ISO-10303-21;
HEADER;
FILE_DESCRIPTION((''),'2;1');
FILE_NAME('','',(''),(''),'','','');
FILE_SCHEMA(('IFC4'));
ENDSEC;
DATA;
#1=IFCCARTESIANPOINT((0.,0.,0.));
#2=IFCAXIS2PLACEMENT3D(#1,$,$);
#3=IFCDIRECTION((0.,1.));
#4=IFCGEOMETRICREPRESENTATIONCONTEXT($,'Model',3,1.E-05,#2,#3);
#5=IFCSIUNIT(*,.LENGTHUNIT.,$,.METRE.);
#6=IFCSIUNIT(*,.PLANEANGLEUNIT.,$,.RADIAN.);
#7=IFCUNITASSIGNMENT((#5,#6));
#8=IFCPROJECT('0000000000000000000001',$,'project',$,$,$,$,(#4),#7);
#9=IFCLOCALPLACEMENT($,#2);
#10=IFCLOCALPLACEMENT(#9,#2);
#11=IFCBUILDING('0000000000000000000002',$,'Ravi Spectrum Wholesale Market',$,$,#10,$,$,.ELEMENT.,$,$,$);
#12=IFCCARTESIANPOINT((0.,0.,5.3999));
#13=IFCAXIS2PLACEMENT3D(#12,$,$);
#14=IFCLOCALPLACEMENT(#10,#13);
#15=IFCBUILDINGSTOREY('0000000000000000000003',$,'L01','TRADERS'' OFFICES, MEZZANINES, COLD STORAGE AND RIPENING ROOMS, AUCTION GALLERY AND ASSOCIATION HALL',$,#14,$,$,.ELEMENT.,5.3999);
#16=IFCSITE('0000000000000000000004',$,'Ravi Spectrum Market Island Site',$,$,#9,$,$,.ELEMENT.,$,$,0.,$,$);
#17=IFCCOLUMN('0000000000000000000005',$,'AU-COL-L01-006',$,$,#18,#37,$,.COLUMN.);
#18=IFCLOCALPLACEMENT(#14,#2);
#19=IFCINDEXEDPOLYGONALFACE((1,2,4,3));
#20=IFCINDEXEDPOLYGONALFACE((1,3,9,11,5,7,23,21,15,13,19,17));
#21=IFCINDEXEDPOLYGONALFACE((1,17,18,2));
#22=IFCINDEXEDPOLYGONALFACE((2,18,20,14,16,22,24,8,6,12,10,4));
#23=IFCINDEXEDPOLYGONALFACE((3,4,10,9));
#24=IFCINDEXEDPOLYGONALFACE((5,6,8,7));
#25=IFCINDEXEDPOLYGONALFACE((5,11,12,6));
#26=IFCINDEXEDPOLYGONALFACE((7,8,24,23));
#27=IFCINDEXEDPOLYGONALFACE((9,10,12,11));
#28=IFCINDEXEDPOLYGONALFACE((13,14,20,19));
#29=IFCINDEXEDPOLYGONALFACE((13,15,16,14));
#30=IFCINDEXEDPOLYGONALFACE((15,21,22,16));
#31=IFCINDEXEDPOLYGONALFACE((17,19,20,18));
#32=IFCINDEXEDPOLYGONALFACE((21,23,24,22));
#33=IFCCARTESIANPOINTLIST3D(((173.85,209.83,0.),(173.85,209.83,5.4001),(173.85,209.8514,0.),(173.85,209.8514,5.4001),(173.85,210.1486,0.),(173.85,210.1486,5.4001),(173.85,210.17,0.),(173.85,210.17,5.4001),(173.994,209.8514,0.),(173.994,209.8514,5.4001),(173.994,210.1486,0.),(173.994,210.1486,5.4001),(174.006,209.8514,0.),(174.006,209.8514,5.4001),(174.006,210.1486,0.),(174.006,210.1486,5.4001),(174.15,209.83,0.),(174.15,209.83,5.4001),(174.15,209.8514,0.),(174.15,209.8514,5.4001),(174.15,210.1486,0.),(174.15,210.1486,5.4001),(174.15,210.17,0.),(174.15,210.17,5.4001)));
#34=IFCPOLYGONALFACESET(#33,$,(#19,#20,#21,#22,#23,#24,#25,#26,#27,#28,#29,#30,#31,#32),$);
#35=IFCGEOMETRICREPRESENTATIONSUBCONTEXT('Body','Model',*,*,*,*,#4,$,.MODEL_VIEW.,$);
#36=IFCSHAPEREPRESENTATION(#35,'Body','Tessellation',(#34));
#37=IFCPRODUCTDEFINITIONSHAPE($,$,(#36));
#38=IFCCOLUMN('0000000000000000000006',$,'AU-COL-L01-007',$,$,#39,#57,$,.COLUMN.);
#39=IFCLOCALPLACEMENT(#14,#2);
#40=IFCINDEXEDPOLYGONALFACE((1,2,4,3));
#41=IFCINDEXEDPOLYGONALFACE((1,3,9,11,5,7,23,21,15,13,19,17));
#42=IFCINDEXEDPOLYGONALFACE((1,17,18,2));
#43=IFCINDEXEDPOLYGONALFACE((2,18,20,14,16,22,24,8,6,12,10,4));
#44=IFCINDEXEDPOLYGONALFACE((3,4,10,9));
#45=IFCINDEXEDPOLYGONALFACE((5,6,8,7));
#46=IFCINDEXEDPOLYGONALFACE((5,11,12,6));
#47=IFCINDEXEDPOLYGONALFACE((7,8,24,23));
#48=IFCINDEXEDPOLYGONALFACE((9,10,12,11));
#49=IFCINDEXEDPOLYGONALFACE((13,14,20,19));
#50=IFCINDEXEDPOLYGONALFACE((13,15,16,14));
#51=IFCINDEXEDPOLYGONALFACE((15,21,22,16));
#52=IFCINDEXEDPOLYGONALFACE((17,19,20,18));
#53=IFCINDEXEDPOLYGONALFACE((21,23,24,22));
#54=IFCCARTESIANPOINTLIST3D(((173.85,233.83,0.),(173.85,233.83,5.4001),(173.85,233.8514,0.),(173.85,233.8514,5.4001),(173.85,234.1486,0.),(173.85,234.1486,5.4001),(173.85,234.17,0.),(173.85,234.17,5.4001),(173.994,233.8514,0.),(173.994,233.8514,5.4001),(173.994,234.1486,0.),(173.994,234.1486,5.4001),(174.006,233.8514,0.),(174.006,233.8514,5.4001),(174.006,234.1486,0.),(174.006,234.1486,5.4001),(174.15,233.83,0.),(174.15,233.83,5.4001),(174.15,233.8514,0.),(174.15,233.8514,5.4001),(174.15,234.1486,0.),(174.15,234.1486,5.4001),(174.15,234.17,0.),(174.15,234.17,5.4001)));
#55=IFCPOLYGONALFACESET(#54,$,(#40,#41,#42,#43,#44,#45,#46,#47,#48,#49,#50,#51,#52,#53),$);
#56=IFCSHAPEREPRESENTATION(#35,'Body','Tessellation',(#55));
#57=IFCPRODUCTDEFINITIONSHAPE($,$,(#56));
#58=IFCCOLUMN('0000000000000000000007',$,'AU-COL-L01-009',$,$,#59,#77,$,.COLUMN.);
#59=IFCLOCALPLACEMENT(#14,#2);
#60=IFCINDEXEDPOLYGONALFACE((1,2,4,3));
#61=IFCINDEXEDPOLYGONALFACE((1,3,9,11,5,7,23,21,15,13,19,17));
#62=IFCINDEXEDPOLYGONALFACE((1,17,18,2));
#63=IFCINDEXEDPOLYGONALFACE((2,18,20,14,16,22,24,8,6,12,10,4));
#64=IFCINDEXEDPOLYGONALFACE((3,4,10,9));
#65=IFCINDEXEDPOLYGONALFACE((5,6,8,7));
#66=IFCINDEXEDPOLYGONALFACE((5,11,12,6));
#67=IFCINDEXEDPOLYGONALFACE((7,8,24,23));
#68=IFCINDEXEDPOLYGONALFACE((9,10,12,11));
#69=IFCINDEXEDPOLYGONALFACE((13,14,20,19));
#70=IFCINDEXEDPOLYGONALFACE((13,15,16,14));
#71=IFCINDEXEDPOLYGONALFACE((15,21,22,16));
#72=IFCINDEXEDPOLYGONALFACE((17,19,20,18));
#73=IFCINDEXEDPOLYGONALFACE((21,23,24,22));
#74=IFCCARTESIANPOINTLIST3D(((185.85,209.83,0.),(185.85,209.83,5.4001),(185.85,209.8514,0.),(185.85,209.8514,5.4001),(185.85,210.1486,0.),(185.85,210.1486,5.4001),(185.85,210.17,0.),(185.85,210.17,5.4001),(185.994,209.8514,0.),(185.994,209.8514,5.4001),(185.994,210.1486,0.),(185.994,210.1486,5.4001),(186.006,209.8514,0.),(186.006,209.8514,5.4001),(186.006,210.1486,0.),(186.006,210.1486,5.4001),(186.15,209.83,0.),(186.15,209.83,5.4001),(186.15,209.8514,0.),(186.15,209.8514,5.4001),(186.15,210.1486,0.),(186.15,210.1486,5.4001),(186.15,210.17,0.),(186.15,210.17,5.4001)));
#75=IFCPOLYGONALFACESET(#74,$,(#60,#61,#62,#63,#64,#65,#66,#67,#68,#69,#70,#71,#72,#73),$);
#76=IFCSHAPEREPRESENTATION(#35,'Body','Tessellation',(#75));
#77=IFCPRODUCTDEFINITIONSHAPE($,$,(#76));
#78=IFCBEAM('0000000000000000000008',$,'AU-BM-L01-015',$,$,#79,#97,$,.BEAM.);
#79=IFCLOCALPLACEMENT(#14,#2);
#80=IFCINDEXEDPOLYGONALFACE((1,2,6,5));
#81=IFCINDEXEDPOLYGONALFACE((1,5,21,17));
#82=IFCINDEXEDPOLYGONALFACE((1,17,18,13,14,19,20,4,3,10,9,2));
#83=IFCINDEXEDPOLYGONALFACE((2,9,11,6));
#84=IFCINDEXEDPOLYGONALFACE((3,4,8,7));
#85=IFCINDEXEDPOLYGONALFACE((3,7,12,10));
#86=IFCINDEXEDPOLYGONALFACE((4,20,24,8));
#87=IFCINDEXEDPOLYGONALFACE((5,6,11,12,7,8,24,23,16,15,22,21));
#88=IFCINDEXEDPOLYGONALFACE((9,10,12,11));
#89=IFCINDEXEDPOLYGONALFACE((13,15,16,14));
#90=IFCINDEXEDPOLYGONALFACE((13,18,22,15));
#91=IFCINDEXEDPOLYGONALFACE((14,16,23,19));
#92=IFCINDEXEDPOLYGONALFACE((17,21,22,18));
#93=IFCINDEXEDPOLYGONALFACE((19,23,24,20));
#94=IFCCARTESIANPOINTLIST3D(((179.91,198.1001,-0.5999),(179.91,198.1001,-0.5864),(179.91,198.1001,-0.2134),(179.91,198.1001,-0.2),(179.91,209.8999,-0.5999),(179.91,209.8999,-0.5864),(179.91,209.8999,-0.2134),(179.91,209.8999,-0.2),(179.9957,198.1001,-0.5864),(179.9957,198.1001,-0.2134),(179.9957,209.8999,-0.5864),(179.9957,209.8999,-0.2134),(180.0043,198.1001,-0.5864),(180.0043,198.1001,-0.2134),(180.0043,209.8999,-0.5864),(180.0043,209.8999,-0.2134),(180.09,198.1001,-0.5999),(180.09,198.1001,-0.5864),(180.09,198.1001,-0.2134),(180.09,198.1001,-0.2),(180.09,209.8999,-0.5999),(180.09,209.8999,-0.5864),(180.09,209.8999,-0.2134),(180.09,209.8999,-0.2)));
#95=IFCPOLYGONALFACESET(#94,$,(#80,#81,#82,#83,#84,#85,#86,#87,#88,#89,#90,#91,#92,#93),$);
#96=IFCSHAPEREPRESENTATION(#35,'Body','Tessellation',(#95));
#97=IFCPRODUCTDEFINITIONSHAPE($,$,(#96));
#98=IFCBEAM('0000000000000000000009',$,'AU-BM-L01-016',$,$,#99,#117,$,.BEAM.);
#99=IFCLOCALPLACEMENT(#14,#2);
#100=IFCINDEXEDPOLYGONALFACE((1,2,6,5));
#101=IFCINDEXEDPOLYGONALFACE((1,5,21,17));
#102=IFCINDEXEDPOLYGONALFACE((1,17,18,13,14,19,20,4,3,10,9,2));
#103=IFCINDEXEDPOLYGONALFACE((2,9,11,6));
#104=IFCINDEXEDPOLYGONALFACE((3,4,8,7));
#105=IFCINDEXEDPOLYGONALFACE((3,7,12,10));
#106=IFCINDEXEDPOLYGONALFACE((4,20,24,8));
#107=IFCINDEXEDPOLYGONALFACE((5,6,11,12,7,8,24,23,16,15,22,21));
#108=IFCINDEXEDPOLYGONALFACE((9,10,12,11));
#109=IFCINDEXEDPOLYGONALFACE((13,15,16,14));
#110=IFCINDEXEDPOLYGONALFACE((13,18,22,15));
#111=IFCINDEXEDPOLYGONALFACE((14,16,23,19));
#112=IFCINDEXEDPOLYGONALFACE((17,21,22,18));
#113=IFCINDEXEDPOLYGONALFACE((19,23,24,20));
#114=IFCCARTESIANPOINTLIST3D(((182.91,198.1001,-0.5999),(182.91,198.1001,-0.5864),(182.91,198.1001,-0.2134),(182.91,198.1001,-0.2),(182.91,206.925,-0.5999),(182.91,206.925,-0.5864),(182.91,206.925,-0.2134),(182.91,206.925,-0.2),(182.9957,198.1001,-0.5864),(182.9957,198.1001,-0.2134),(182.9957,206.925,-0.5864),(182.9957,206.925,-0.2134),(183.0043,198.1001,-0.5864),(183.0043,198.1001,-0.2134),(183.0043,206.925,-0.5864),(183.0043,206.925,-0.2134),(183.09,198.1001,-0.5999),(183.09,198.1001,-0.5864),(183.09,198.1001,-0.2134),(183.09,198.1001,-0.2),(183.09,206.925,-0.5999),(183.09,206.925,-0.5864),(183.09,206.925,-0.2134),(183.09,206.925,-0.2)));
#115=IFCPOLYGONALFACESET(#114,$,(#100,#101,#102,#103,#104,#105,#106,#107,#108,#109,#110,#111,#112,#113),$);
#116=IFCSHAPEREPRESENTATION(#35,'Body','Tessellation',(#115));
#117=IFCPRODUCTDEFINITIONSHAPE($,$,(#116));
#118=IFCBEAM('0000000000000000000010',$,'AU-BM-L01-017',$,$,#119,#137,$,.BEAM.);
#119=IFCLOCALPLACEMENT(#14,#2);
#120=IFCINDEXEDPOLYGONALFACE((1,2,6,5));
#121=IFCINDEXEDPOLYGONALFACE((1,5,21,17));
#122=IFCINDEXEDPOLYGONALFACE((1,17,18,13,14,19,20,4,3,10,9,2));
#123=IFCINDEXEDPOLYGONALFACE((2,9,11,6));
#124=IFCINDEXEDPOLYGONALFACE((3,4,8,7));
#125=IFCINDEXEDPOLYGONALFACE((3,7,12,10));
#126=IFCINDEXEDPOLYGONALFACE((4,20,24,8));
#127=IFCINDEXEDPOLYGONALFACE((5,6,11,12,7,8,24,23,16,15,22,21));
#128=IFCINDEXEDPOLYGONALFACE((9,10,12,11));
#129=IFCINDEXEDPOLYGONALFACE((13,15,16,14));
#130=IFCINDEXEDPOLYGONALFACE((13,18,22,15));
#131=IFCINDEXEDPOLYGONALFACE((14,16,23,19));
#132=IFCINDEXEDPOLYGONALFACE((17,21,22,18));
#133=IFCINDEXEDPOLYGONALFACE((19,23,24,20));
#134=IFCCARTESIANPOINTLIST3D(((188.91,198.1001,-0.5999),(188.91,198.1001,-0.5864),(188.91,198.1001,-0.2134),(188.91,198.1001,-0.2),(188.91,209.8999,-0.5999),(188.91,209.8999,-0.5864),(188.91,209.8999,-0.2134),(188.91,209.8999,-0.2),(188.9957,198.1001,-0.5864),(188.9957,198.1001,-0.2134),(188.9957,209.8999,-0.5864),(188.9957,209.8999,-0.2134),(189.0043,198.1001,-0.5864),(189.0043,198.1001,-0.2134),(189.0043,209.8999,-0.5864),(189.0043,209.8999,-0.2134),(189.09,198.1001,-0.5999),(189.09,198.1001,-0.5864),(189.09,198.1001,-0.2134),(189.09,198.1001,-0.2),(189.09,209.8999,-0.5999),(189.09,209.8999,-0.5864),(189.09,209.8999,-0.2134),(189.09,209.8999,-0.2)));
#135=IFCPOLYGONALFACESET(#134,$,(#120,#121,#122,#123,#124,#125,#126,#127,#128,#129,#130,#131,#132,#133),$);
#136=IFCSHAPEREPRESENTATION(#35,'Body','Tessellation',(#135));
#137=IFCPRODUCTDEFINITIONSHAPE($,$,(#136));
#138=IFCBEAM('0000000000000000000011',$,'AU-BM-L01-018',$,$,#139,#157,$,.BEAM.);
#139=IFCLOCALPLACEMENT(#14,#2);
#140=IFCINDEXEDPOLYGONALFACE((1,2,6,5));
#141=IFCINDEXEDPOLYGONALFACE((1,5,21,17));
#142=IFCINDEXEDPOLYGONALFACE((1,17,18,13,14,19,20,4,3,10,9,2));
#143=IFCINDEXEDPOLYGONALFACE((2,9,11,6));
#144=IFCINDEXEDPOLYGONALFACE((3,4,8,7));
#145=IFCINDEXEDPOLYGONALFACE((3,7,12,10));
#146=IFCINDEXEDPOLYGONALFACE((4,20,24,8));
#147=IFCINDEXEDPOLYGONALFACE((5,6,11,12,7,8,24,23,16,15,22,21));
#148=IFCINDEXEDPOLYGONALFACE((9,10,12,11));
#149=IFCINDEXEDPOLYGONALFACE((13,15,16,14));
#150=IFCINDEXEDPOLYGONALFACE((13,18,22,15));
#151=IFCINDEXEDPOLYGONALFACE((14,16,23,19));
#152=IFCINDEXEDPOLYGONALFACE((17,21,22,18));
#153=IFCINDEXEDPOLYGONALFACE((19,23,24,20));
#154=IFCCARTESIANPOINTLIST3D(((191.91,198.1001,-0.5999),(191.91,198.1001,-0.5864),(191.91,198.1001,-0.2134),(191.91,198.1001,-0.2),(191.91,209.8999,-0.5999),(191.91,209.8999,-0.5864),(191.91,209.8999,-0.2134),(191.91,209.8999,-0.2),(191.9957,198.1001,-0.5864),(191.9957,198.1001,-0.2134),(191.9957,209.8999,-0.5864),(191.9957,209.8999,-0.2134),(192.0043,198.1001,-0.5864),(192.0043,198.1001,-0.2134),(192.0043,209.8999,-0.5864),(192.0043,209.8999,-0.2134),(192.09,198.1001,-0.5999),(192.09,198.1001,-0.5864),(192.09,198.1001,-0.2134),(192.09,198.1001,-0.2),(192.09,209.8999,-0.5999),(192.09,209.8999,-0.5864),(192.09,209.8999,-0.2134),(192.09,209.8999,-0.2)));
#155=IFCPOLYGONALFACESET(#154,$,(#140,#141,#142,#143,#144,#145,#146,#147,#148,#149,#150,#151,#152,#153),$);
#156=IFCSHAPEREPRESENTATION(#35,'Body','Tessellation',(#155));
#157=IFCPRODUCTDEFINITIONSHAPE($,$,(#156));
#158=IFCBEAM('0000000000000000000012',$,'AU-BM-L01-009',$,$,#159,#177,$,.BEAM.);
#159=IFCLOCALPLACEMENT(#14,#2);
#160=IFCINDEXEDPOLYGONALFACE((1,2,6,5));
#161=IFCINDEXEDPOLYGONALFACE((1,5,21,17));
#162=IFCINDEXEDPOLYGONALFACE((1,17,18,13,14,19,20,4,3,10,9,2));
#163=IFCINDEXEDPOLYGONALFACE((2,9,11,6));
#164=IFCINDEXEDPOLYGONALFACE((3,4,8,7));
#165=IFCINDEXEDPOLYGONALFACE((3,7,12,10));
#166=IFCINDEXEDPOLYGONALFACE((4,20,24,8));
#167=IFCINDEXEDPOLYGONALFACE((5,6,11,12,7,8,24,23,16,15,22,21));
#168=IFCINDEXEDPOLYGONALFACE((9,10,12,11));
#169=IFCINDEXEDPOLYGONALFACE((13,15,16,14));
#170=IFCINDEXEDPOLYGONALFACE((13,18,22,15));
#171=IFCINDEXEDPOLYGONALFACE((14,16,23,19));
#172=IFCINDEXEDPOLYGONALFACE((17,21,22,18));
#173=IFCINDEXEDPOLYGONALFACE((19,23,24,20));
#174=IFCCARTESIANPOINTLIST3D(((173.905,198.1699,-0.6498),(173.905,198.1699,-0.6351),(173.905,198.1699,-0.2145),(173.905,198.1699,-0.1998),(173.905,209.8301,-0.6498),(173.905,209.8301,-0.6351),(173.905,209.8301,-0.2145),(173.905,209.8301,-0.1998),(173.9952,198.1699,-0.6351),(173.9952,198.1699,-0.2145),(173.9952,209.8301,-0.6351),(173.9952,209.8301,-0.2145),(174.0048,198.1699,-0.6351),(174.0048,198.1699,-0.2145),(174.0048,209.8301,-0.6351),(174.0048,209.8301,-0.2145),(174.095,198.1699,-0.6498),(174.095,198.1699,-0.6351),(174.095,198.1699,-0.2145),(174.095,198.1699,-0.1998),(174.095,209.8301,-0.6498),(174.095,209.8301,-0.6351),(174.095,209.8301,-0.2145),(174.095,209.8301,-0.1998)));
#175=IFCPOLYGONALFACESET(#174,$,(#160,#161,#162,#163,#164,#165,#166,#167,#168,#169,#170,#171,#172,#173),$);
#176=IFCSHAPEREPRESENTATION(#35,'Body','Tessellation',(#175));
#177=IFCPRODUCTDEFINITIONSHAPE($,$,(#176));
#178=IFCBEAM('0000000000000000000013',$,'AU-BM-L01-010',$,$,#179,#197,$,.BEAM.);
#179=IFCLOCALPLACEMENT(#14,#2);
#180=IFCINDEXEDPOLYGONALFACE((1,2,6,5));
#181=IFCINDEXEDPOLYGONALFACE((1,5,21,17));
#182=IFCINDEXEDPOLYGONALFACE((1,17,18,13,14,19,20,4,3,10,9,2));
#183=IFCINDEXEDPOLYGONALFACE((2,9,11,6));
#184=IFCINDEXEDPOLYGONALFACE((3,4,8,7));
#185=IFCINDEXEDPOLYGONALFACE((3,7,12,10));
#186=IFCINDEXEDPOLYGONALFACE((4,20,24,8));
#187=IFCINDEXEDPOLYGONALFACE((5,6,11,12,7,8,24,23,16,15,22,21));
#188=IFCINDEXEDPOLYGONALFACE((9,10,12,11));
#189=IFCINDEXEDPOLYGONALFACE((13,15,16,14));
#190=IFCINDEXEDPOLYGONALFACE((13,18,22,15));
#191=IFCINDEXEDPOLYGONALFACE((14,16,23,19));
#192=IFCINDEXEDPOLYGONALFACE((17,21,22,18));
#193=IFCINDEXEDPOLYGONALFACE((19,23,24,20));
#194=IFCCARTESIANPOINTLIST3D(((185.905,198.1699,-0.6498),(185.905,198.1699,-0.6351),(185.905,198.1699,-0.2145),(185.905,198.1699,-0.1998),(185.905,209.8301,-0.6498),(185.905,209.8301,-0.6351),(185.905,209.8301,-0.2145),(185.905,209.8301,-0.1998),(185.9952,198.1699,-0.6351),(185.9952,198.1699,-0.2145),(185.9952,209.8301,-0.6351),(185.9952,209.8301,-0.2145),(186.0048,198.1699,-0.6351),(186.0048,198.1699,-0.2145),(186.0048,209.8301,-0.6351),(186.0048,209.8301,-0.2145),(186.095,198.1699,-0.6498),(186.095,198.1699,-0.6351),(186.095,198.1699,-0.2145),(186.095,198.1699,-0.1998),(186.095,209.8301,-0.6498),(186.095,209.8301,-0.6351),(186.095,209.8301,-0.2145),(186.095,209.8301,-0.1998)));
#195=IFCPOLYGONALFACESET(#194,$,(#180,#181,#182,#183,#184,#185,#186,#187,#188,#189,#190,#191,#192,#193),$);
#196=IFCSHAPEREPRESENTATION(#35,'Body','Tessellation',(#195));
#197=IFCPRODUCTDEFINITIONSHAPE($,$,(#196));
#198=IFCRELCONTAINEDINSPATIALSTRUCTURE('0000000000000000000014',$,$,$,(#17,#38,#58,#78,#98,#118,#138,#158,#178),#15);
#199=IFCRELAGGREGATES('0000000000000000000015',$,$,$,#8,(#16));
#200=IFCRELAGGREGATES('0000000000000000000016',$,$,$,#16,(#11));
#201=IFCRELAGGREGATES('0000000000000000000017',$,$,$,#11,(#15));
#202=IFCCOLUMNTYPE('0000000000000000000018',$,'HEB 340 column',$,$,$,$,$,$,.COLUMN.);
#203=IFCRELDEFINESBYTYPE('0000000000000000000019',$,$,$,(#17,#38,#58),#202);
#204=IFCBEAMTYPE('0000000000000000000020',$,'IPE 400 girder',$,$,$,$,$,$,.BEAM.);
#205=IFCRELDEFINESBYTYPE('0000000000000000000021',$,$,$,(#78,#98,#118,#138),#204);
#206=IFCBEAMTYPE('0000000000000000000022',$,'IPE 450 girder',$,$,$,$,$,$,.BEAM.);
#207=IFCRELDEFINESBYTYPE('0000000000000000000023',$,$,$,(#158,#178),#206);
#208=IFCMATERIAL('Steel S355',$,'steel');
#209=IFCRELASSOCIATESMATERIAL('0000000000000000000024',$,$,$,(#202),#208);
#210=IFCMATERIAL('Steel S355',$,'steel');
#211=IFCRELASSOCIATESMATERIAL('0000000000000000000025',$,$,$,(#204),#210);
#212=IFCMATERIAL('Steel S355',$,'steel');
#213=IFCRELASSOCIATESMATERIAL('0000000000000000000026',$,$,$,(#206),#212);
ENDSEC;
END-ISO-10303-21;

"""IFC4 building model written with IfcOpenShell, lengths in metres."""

from ifc_helpers import new_model, si_unit, direction, frame, origin, origin_2d, place, context, subcontext, project, spatial, i_section, extrude, material, material_profile, profile_set, type_object, element, save


model = new_model("IFC4")

# Units and contexts
model_context = context("Model", 3, precision=1e-05, world=origin(), true_north=direction((0.0, 1.0)))
body_context = subcontext(model_context, "Body", "Model", "MODEL_VIEW")
ifc_project = project(units=[si_unit("LENGTHUNIT", "METRE"), si_unit("PLANEANGLEUNIT", "RADIAN")], contexts=[model_context])

# Site, building, storey
site_placement = place(None, origin())
site = spatial("IfcSite", under=ifc_project, at=site_placement, Name="Ravi Spectrum Market Island Site", CompositionType="ELEMENT", RefElevation=0.0)
building_placement = place(site_placement, origin())
building = spatial("IfcBuilding", under=site, at=building_placement, Name="Ravi Spectrum Wholesale Market", CompositionType="ELEMENT")
storey_placement = place(building_placement, frame((0.0, 0.0, 5.3999)))
storey = spatial("IfcBuildingStorey", under=building, at=storey_placement, Name="L01", Description="TRADERS' OFFICES, MEZZANINES, COLD STORAGE AND RIPENING ROOMS, AUCTION GALLERY AND ASSOCIATION HALL", CompositionType="ELEMENT", Elevation=5.3999)

# Columns
ifc_material_1 = material(Name="Steel S355", Category="steel")
ifc_material_profile_1 = material_profile(ifc_material_1, i_section(OverallWidth=0.3, OverallDepth=0.3401, WebThickness=0.012, FlangeThickness=0.0215, at=origin_2d()))
ifc_profile_set_1 = profile_set([ifc_material_profile_1], Name="Steel S355")
column_type = type_object("IfcColumnType", Name="HEB 340 column", PredefinedType="COLUMN", material=ifc_profile_set_1)
for number, where, z_axis, x_axis, name in (
    (1, (174.0, 210.0, 0.0), (0.0, 0.0, 1.0), (1.0, 0.0, 0.0), "AU-COL-L01-006"),
    (2, (174.0, 234.0, 0.0), (0.0, 0.0, 1.0), (1.0, 0.0, 0.0), "AU-COL-L01-007"),
    (3, (186.0, 210.0, 0.0), (0.0, 0.0, 1.0), (1.0, 0.0, 0.0), "AU-COL-L01-009"),
):
    element("IfcColumn", number, at=place(storey_placement, frame(where, z_axis=z_axis, x_axis=x_axis)), inside=storey, type_object=column_type, Name=name, PredefinedType="COLUMN", context=body_context, shape_type="SweptSolid", body=[
        extrude(i_section(OverallWidth=0.3, OverallDepth=0.3401, WebThickness=0.012, FlangeThickness=0.0215, at=origin_2d()), origin(), (0.0, 0.0, 1.0), 5.4001),
    ])

# Beams
ifc_material_2 = material(Name="Steel S355", Category="steel")
ifc_material_profile_2 = material_profile(ifc_material_2, i_section(OverallWidth=0.1799, OverallDepth=0.3999, WebThickness=0.0085, FlangeThickness=0.0134, at=origin_2d()))
ifc_profile_set_2 = profile_set([ifc_material_profile_2], Name="Steel S355")
beam_type_1 = type_object("IfcBeamType", Name="IPE 400 girder", PredefinedType="BEAM", material=ifc_profile_set_2)
beam_1_placement = place(storey_placement, frame((180.0, 198.1001, -0.3999), z_axis=(0.0, 1.0, 0.0), x_axis=(-1.0, 0.0, 0.0)))
element("IfcBeam", 4, at=beam_1_placement, inside=storey, type_object=beam_type_1, Name="AU-BM-L01-015", PredefinedType="BEAM", context=body_context, shape_type="SweptSolid", body=[
    extrude(i_section(OverallWidth=0.1799, OverallDepth=0.3999, WebThickness=0.0085, FlangeThickness=0.0134, at=origin_2d()), origin(), (0.0, 0.0, 1.0), 11.7998),
])
beam_2_placement = place(storey_placement, frame((183.0, 198.1001, -0.3999), z_axis=(0.0, 1.0, 0.0), x_axis=(-1.0, 0.0, 0.0)))
element("IfcBeam", 5, at=beam_2_placement, inside=storey, type_object=beam_type_1, Name="AU-BM-L01-016", PredefinedType="BEAM", context=body_context, shape_type="SweptSolid", body=[
    extrude(i_section(OverallWidth=0.1799, OverallDepth=0.3999, WebThickness=0.0085, FlangeThickness=0.0134, at=origin_2d()), origin(), (0.0, 0.0, 1.0), 8.825),
])
for number, where, z_axis, x_axis, name in (
    (6, (189.0, 198.1001, -0.3999), (0.0, 1.0, 0.0), (-1.0, 0.0, 0.0), "AU-BM-L01-017"),
    (7, (192.0, 198.1001, -0.3999), (0.0, 1.0, 0.0), (-1.0, 0.0, 0.0), "AU-BM-L01-018"),
):
    element("IfcBeam", number, at=place(storey_placement, frame(where, z_axis=z_axis, x_axis=x_axis)), inside=storey, type_object=beam_type_1, Name=name, PredefinedType="BEAM", context=body_context, shape_type="SweptSolid", body=[
        extrude(i_section(OverallWidth=0.1799, OverallDepth=0.3999, WebThickness=0.0085, FlangeThickness=0.0134, at=origin_2d()), origin(), (0.0, 0.0, 1.0), 11.7998),
    ])
ifc_material_3 = material(Name="Steel S355", Category="steel")
ifc_material_profile_3 = material_profile(ifc_material_3, i_section(OverallWidth=0.1899, OverallDepth=0.45, WebThickness=0.0095, FlangeThickness=0.0146, at=origin_2d()))
ifc_profile_set_3 = profile_set([ifc_material_profile_3], Name="Steel S355")
beam_type_2 = type_object("IfcBeamType", Name="IPE 450 girder", PredefinedType="BEAM", material=ifc_profile_set_3)
for number, where, z_axis, x_axis, name in (
    (8, (174.0, 198.1699, -0.4248), (0.0, 1.0, 0.0), (-1.0, 0.0, 0.0), "AU-BM-L01-009"),
    (9, (186.0, 198.1699, -0.4248), (0.0, 1.0, 0.0), (-1.0, 0.0, 0.0), "AU-BM-L01-010"),
):
    element("IfcBeam", number, at=place(storey_placement, frame(where, z_axis=z_axis, x_axis=x_axis)), inside=storey, type_object=beam_type_2, Name=name, PredefinedType="BEAM", context=body_context, shape_type="SweptSolid", body=[
        extrude(i_section(OverallWidth=0.1899, OverallDepth=0.45, WebThickness=0.0095, FlangeThickness=0.0146, at=origin_2d()), origin(), (0.0, 0.0, 1.0), 11.6602),
    ])

save(model, "model.ifc")
